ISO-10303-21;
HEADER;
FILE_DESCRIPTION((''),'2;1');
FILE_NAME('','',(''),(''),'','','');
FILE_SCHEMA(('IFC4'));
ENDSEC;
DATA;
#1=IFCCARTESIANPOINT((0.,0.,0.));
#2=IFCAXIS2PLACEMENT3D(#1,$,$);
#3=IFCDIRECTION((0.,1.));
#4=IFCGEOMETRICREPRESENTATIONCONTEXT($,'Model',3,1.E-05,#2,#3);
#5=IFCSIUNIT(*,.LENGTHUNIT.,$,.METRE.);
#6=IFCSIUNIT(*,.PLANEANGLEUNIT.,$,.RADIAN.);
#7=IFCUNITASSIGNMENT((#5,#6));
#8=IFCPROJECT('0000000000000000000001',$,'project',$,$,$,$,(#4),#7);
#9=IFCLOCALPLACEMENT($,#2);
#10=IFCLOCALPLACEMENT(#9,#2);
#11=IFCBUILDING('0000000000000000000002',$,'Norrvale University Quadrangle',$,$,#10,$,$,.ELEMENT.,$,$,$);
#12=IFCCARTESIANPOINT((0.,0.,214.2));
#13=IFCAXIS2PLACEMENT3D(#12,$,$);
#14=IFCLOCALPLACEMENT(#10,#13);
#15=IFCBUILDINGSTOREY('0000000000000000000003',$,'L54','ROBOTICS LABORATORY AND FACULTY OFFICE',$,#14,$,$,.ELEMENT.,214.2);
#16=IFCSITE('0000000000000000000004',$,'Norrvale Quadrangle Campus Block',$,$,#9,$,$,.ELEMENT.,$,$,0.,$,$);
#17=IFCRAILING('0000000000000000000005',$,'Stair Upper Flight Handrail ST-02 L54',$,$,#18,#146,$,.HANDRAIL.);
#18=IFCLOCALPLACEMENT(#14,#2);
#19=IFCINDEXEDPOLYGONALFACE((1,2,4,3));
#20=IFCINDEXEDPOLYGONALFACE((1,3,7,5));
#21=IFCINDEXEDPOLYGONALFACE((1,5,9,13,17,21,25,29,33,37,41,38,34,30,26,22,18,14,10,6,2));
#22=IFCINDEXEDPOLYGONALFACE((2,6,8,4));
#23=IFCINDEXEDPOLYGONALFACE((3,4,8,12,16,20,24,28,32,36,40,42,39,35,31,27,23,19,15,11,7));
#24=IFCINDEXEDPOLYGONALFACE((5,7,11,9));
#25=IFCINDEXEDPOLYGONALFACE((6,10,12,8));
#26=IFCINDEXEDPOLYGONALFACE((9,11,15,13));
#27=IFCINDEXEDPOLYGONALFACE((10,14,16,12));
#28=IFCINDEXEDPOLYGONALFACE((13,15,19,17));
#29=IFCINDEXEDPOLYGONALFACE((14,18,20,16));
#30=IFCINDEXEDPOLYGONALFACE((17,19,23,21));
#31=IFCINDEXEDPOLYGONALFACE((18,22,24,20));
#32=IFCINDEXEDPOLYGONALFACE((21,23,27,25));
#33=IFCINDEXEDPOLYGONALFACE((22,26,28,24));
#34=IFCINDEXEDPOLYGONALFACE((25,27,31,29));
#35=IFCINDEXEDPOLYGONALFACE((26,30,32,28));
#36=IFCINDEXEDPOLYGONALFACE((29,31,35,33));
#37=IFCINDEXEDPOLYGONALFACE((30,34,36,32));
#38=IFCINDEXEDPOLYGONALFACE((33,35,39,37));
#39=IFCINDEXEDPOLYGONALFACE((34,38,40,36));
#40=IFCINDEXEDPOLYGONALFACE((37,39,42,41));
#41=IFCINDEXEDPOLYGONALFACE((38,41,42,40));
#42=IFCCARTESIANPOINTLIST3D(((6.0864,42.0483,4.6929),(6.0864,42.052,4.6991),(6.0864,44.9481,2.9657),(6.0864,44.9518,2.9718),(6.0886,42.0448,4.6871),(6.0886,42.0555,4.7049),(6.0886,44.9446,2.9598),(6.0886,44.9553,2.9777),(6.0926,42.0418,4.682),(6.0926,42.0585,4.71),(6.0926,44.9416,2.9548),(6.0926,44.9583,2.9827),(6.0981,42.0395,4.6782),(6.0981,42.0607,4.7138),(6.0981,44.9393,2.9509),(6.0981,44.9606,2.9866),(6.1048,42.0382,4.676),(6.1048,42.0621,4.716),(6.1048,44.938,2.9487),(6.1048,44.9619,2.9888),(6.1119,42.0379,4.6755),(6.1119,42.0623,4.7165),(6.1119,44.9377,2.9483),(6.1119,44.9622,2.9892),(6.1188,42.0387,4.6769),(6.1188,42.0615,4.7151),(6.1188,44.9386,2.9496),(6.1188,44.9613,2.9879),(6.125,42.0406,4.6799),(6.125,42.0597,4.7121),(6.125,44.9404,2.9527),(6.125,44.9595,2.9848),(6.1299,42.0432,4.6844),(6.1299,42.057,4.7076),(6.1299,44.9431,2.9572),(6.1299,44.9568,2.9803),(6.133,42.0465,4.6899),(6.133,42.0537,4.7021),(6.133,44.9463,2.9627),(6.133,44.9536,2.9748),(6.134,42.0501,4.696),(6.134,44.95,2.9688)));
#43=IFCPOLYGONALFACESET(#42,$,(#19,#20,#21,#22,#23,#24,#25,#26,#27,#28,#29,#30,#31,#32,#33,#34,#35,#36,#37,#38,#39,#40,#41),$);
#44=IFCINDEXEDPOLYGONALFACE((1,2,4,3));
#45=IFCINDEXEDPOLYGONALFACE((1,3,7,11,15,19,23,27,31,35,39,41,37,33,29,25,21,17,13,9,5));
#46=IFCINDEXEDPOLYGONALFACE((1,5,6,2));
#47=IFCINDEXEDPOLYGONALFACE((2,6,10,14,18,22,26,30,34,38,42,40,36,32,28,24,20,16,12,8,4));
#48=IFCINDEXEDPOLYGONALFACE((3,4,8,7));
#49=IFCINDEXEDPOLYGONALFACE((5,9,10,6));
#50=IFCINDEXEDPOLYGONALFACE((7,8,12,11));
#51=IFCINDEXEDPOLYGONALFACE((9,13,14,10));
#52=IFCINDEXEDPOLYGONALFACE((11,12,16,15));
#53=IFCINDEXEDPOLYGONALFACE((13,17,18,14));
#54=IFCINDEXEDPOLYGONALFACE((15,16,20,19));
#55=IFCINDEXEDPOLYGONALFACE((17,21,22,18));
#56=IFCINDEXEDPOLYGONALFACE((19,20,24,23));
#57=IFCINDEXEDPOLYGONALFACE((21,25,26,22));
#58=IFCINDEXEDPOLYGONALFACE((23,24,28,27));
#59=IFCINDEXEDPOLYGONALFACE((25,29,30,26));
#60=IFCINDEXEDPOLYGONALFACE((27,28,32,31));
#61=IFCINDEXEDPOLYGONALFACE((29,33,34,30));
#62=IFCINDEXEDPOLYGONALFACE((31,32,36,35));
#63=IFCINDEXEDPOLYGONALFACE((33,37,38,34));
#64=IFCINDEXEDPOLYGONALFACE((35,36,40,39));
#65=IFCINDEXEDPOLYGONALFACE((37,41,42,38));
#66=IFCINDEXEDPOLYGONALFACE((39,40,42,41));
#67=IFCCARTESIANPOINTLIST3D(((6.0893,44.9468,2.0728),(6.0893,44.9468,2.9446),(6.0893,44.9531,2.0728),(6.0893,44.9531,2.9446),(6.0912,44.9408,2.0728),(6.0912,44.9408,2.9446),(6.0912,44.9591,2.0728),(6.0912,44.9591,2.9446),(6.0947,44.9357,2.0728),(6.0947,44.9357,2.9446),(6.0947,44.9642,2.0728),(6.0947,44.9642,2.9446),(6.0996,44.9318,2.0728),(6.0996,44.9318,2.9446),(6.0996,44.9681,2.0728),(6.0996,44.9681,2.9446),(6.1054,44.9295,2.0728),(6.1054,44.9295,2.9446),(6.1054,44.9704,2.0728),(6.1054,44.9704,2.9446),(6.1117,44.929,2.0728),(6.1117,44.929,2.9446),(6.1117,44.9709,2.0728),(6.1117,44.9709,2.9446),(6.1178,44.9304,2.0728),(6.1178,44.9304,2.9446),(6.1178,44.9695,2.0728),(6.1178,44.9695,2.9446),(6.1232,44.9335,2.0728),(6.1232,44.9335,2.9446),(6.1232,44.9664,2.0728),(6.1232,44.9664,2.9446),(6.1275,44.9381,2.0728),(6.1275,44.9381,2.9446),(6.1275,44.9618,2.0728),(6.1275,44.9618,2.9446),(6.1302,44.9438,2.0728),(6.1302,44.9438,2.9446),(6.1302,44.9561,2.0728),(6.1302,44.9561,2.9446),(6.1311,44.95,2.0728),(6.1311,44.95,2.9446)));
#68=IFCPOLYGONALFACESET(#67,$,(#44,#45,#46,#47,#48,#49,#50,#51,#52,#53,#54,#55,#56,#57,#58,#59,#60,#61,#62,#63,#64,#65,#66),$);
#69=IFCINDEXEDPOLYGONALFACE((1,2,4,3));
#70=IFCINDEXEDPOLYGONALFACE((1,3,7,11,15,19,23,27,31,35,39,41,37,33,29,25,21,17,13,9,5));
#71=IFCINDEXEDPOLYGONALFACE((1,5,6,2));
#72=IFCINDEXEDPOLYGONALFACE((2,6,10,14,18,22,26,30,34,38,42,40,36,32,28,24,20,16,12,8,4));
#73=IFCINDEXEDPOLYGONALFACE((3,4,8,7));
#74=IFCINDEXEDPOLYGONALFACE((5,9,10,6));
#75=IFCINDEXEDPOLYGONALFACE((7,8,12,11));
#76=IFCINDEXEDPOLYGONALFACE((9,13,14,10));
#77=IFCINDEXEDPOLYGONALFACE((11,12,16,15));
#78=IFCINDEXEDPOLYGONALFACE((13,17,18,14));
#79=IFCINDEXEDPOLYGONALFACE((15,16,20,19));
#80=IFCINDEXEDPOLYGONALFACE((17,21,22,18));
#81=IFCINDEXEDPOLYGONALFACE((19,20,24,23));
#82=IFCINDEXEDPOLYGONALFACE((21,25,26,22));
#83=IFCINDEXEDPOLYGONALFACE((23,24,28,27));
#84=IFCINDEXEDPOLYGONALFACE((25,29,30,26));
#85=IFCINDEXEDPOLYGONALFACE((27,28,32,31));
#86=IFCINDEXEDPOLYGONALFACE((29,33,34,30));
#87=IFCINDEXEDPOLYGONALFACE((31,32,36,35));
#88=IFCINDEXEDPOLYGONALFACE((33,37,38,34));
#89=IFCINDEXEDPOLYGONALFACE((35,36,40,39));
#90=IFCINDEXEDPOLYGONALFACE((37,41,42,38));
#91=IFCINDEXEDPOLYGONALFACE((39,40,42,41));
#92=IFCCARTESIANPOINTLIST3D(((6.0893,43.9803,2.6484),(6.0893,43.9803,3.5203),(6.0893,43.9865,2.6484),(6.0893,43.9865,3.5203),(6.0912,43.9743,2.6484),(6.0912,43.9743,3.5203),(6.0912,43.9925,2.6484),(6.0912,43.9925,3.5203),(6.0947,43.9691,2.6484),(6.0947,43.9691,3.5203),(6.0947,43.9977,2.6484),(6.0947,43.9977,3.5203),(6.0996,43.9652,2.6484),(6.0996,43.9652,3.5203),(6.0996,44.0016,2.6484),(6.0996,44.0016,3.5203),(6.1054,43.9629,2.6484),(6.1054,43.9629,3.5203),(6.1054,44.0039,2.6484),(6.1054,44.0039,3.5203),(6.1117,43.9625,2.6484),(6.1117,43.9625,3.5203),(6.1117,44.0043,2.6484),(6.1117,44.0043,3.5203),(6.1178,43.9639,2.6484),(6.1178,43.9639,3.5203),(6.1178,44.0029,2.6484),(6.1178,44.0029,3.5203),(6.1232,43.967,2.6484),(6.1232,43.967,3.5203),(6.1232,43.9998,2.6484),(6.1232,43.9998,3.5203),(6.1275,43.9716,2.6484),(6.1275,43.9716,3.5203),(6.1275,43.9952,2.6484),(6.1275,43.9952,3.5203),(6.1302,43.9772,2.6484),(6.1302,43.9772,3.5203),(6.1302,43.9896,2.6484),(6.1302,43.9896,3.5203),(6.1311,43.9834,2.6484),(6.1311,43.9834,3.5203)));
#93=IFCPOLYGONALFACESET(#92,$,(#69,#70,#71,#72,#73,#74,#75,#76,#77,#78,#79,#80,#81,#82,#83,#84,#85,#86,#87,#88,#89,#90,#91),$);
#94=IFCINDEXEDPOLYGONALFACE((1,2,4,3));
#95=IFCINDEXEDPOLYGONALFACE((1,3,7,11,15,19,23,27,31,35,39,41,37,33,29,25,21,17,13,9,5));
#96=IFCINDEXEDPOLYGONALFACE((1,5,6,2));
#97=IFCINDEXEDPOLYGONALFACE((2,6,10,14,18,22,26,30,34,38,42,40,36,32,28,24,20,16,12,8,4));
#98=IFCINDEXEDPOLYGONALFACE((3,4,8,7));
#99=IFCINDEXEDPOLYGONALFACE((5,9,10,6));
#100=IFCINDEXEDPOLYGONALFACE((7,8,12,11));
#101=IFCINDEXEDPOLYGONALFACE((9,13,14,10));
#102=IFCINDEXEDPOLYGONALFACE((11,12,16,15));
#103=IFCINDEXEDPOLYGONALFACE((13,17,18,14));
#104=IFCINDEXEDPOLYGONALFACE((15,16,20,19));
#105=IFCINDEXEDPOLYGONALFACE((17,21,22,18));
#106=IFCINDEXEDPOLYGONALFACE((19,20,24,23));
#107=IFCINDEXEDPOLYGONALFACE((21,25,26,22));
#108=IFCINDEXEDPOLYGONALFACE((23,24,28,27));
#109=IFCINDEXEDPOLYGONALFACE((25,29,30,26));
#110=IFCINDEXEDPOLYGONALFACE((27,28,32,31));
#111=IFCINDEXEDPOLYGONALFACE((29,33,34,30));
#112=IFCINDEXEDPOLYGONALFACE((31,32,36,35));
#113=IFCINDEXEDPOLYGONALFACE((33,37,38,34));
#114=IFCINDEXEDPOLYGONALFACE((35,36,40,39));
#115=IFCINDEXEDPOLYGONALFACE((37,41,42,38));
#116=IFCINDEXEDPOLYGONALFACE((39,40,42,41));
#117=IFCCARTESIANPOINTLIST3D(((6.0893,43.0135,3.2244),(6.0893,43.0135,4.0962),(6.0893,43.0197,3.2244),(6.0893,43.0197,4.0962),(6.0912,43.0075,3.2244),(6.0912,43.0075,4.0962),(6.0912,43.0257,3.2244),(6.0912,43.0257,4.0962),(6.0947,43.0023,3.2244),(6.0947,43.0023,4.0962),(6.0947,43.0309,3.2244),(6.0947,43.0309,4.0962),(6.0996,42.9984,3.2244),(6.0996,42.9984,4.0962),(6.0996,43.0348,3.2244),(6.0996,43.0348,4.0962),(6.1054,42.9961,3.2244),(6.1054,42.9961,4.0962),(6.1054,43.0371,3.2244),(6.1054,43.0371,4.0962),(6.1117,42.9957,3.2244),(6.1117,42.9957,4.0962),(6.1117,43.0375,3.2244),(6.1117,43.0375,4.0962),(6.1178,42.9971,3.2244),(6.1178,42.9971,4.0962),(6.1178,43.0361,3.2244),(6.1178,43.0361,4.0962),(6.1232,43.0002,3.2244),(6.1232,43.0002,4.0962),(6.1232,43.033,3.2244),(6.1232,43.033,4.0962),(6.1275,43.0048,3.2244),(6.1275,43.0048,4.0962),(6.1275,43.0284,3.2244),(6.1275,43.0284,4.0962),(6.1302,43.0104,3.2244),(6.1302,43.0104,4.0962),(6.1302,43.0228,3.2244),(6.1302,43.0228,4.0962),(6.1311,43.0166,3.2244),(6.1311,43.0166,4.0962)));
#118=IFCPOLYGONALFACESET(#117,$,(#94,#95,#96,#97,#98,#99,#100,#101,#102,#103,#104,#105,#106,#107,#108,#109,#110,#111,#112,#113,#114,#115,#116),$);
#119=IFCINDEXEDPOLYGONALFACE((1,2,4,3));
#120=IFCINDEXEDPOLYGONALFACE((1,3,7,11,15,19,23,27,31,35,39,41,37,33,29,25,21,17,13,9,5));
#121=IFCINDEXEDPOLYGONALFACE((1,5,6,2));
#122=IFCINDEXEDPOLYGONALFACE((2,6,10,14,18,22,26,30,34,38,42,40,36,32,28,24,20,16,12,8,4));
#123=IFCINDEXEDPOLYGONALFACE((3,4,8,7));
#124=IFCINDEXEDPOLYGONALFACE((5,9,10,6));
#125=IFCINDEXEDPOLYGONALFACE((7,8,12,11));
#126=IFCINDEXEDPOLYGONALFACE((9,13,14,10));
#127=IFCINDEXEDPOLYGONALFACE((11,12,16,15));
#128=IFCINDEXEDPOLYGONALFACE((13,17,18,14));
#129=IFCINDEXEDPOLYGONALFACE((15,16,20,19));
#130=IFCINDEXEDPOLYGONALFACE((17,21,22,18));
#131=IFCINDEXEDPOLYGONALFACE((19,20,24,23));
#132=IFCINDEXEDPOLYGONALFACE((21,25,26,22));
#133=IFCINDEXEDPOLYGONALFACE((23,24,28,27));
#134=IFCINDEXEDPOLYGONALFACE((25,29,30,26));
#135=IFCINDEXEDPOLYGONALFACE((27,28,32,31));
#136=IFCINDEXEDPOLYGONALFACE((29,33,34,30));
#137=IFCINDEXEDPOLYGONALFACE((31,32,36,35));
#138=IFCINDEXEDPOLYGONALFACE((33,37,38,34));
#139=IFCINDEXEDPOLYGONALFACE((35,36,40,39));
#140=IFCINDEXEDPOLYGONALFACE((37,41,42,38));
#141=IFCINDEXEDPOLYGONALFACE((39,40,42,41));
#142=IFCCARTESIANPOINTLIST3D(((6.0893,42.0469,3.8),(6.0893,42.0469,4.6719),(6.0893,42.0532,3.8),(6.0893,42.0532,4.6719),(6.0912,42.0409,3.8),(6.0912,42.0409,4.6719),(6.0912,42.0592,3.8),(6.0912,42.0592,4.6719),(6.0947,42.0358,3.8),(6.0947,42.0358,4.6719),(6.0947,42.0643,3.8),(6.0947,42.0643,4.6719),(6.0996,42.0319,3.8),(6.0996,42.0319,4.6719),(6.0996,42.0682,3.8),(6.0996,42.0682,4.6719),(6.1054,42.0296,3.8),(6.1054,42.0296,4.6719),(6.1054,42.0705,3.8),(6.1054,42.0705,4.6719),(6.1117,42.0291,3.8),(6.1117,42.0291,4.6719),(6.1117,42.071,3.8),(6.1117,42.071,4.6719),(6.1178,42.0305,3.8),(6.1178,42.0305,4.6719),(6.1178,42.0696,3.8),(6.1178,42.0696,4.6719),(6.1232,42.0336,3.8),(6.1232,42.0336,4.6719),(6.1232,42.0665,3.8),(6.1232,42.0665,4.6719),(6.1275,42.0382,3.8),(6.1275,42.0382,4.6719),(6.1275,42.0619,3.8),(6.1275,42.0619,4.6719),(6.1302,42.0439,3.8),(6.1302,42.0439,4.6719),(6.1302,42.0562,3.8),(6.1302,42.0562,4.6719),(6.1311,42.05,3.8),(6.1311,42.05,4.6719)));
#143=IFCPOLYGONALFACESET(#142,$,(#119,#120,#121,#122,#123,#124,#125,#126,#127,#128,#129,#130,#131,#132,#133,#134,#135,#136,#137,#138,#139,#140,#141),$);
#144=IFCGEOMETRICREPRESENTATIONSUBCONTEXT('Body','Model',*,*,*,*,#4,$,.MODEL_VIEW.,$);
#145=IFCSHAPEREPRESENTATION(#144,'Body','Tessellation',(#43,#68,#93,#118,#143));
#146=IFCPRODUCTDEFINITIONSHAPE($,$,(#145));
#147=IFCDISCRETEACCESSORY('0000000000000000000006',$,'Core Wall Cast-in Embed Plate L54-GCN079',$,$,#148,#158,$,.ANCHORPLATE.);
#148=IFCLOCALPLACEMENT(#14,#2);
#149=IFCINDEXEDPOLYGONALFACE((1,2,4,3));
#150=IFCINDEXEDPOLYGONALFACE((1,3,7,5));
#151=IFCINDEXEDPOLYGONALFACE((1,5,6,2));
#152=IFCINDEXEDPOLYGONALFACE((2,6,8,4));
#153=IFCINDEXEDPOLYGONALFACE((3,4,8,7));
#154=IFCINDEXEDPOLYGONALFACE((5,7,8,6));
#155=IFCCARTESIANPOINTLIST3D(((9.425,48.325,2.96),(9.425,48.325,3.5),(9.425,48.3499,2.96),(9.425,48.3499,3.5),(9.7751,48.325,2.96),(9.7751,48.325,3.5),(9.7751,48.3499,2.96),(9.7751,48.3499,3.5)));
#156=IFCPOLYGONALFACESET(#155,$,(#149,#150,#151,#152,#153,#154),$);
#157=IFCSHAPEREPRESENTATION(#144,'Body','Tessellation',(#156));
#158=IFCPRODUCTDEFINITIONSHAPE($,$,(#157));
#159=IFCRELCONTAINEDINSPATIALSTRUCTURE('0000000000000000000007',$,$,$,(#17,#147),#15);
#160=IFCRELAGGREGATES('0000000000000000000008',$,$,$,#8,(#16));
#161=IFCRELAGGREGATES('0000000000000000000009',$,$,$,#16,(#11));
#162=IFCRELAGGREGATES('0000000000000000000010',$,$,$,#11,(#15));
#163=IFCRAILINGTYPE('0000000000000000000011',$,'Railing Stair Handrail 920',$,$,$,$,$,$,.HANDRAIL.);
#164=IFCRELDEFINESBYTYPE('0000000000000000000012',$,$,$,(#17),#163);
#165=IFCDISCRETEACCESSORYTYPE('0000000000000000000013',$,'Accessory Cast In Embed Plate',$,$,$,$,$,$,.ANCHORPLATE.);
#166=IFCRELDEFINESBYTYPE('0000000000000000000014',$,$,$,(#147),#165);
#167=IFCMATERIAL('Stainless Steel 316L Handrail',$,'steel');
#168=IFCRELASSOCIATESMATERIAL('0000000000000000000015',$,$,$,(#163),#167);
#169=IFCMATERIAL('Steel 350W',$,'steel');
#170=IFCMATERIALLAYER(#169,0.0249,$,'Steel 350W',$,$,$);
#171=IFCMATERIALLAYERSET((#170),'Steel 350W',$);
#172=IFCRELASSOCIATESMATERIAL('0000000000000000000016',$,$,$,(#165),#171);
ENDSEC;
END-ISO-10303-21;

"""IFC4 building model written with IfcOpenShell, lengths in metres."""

from ifc_helpers import new_model, si_unit, direction, frame, origin, origin_2d, place, context, subcontext, project, spatial, rectangle, circle, extrude, material, layer, layer_set, type_object, element, save


model = new_model("IFC4")

# Units and contexts
model_context = context("Model", 3, precision=1e-05, world=origin(), true_north=direction((0.0, 1.0)))
body_context = subcontext(model_context, "Body", "Model", "MODEL_VIEW")
ifc_project = project(units=[si_unit("LENGTHUNIT", "METRE"), si_unit("PLANEANGLEUNIT", "RADIAN")], contexts=[model_context])

# Site, building, storey
site_placement = place(None, origin())
site = spatial("IfcSite", under=ifc_project, at=site_placement, Name="Norrvale Quadrangle Campus Block", CompositionType="ELEMENT", RefElevation=0.0)
building_placement = place(site_placement, origin())
building = spatial("IfcBuilding", under=site, at=building_placement, Name="Norrvale University Quadrangle", CompositionType="ELEMENT")
storey_placement = place(building_placement, frame((0.0, 0.0, 214.2)))
storey = spatial("IfcBuildingStorey", under=building, at=storey_placement, Name="L54", Description="ROBOTICS LABORATORY AND FACULTY OFFICE", CompositionType="ELEMENT", Elevation=214.2)

# Shared definitions
ifc_material_1 = material(Name="Steel 350W", Category="steel")

# Railing
ifc_material_2 = material(Name="Stainless Steel 316L Handrail", Category="steel")
railing_type_1 = type_object("IfcRailingType", Name="Railing Stair Handrail 920", PredefinedType="HANDRAIL", material=ifc_material_2)
railing_1_placement = place(storey_placement, frame((6.1101, 44.95, 2.0728)))
element("IfcRailing", 1, at=railing_1_placement, inside=storey, type_object=railing_type_1, Name="Stair Upper Flight Handrail ST-02 L54", PredefinedType="HANDRAIL", context=body_context, shape_type="SweptSolid", body=[
    extrude(circle(Radius=0.0239, at=origin_2d()), frame((0.0, 0.0, 0.896), z_axis=(0.0, -0.859141, 0.511738), x_axis=(1.0, 0.0, 0.0)), (0.0, 0.0, 1.0), 3.3752),
    extrude(circle(Radius=0.021, at=origin_2d()), origin(), (0.0, 0.0, 1.0), 0.8718),
    extrude(circle(Radius=0.021, at=origin_2d()), frame((0.0, -0.9666, 0.5757)), (0.0, 0.0, 1.0), 0.8718),
    extrude(circle(Radius=0.021, at=origin_2d()), frame((0.0, -1.9333, 1.1516)), (0.0, 0.0, 1.0), 0.8718),
    extrude(circle(Radius=0.021, at=origin_2d()), frame((0.0, -2.8999, 1.7273)), (0.0, 0.0, 1.0), 0.8718),
])

# Discrete accessory
ifc_layer_1 = layer(ifc_material_1, 0.0249, Name="Steel 350W")
ifc_layer_set_1 = layer_set([ifc_layer_1], Name="Steel 350W")
discrete_accessory_type = type_object("IfcDiscreteAccessoryType", Name="Accessory Cast In Embed Plate", PredefinedType="ANCHORPLATE", material=ifc_layer_set_1)
discrete_accessory_placement = place(storey_placement, frame((9.6001, 48.3374, 2.96), z_axis=(0.0, 0.0, 1.0), x_axis=(1.0, 0.0, 0.0)))
element("IfcDiscreteAccessory", 2, at=discrete_accessory_placement, inside=storey, type_object=discrete_accessory_type, Name="Core Wall Cast-in Embed Plate L54-GCN079", PredefinedType="ANCHORPLATE", context=body_context, shape_type="SweptSolid", body=[
    extrude(rectangle(XDim=0.3501, YDim=0.0249, at=origin_2d()), origin(), (0.0, 0.0, 1.0), 0.54),
])

save(model, "model.ifc")
